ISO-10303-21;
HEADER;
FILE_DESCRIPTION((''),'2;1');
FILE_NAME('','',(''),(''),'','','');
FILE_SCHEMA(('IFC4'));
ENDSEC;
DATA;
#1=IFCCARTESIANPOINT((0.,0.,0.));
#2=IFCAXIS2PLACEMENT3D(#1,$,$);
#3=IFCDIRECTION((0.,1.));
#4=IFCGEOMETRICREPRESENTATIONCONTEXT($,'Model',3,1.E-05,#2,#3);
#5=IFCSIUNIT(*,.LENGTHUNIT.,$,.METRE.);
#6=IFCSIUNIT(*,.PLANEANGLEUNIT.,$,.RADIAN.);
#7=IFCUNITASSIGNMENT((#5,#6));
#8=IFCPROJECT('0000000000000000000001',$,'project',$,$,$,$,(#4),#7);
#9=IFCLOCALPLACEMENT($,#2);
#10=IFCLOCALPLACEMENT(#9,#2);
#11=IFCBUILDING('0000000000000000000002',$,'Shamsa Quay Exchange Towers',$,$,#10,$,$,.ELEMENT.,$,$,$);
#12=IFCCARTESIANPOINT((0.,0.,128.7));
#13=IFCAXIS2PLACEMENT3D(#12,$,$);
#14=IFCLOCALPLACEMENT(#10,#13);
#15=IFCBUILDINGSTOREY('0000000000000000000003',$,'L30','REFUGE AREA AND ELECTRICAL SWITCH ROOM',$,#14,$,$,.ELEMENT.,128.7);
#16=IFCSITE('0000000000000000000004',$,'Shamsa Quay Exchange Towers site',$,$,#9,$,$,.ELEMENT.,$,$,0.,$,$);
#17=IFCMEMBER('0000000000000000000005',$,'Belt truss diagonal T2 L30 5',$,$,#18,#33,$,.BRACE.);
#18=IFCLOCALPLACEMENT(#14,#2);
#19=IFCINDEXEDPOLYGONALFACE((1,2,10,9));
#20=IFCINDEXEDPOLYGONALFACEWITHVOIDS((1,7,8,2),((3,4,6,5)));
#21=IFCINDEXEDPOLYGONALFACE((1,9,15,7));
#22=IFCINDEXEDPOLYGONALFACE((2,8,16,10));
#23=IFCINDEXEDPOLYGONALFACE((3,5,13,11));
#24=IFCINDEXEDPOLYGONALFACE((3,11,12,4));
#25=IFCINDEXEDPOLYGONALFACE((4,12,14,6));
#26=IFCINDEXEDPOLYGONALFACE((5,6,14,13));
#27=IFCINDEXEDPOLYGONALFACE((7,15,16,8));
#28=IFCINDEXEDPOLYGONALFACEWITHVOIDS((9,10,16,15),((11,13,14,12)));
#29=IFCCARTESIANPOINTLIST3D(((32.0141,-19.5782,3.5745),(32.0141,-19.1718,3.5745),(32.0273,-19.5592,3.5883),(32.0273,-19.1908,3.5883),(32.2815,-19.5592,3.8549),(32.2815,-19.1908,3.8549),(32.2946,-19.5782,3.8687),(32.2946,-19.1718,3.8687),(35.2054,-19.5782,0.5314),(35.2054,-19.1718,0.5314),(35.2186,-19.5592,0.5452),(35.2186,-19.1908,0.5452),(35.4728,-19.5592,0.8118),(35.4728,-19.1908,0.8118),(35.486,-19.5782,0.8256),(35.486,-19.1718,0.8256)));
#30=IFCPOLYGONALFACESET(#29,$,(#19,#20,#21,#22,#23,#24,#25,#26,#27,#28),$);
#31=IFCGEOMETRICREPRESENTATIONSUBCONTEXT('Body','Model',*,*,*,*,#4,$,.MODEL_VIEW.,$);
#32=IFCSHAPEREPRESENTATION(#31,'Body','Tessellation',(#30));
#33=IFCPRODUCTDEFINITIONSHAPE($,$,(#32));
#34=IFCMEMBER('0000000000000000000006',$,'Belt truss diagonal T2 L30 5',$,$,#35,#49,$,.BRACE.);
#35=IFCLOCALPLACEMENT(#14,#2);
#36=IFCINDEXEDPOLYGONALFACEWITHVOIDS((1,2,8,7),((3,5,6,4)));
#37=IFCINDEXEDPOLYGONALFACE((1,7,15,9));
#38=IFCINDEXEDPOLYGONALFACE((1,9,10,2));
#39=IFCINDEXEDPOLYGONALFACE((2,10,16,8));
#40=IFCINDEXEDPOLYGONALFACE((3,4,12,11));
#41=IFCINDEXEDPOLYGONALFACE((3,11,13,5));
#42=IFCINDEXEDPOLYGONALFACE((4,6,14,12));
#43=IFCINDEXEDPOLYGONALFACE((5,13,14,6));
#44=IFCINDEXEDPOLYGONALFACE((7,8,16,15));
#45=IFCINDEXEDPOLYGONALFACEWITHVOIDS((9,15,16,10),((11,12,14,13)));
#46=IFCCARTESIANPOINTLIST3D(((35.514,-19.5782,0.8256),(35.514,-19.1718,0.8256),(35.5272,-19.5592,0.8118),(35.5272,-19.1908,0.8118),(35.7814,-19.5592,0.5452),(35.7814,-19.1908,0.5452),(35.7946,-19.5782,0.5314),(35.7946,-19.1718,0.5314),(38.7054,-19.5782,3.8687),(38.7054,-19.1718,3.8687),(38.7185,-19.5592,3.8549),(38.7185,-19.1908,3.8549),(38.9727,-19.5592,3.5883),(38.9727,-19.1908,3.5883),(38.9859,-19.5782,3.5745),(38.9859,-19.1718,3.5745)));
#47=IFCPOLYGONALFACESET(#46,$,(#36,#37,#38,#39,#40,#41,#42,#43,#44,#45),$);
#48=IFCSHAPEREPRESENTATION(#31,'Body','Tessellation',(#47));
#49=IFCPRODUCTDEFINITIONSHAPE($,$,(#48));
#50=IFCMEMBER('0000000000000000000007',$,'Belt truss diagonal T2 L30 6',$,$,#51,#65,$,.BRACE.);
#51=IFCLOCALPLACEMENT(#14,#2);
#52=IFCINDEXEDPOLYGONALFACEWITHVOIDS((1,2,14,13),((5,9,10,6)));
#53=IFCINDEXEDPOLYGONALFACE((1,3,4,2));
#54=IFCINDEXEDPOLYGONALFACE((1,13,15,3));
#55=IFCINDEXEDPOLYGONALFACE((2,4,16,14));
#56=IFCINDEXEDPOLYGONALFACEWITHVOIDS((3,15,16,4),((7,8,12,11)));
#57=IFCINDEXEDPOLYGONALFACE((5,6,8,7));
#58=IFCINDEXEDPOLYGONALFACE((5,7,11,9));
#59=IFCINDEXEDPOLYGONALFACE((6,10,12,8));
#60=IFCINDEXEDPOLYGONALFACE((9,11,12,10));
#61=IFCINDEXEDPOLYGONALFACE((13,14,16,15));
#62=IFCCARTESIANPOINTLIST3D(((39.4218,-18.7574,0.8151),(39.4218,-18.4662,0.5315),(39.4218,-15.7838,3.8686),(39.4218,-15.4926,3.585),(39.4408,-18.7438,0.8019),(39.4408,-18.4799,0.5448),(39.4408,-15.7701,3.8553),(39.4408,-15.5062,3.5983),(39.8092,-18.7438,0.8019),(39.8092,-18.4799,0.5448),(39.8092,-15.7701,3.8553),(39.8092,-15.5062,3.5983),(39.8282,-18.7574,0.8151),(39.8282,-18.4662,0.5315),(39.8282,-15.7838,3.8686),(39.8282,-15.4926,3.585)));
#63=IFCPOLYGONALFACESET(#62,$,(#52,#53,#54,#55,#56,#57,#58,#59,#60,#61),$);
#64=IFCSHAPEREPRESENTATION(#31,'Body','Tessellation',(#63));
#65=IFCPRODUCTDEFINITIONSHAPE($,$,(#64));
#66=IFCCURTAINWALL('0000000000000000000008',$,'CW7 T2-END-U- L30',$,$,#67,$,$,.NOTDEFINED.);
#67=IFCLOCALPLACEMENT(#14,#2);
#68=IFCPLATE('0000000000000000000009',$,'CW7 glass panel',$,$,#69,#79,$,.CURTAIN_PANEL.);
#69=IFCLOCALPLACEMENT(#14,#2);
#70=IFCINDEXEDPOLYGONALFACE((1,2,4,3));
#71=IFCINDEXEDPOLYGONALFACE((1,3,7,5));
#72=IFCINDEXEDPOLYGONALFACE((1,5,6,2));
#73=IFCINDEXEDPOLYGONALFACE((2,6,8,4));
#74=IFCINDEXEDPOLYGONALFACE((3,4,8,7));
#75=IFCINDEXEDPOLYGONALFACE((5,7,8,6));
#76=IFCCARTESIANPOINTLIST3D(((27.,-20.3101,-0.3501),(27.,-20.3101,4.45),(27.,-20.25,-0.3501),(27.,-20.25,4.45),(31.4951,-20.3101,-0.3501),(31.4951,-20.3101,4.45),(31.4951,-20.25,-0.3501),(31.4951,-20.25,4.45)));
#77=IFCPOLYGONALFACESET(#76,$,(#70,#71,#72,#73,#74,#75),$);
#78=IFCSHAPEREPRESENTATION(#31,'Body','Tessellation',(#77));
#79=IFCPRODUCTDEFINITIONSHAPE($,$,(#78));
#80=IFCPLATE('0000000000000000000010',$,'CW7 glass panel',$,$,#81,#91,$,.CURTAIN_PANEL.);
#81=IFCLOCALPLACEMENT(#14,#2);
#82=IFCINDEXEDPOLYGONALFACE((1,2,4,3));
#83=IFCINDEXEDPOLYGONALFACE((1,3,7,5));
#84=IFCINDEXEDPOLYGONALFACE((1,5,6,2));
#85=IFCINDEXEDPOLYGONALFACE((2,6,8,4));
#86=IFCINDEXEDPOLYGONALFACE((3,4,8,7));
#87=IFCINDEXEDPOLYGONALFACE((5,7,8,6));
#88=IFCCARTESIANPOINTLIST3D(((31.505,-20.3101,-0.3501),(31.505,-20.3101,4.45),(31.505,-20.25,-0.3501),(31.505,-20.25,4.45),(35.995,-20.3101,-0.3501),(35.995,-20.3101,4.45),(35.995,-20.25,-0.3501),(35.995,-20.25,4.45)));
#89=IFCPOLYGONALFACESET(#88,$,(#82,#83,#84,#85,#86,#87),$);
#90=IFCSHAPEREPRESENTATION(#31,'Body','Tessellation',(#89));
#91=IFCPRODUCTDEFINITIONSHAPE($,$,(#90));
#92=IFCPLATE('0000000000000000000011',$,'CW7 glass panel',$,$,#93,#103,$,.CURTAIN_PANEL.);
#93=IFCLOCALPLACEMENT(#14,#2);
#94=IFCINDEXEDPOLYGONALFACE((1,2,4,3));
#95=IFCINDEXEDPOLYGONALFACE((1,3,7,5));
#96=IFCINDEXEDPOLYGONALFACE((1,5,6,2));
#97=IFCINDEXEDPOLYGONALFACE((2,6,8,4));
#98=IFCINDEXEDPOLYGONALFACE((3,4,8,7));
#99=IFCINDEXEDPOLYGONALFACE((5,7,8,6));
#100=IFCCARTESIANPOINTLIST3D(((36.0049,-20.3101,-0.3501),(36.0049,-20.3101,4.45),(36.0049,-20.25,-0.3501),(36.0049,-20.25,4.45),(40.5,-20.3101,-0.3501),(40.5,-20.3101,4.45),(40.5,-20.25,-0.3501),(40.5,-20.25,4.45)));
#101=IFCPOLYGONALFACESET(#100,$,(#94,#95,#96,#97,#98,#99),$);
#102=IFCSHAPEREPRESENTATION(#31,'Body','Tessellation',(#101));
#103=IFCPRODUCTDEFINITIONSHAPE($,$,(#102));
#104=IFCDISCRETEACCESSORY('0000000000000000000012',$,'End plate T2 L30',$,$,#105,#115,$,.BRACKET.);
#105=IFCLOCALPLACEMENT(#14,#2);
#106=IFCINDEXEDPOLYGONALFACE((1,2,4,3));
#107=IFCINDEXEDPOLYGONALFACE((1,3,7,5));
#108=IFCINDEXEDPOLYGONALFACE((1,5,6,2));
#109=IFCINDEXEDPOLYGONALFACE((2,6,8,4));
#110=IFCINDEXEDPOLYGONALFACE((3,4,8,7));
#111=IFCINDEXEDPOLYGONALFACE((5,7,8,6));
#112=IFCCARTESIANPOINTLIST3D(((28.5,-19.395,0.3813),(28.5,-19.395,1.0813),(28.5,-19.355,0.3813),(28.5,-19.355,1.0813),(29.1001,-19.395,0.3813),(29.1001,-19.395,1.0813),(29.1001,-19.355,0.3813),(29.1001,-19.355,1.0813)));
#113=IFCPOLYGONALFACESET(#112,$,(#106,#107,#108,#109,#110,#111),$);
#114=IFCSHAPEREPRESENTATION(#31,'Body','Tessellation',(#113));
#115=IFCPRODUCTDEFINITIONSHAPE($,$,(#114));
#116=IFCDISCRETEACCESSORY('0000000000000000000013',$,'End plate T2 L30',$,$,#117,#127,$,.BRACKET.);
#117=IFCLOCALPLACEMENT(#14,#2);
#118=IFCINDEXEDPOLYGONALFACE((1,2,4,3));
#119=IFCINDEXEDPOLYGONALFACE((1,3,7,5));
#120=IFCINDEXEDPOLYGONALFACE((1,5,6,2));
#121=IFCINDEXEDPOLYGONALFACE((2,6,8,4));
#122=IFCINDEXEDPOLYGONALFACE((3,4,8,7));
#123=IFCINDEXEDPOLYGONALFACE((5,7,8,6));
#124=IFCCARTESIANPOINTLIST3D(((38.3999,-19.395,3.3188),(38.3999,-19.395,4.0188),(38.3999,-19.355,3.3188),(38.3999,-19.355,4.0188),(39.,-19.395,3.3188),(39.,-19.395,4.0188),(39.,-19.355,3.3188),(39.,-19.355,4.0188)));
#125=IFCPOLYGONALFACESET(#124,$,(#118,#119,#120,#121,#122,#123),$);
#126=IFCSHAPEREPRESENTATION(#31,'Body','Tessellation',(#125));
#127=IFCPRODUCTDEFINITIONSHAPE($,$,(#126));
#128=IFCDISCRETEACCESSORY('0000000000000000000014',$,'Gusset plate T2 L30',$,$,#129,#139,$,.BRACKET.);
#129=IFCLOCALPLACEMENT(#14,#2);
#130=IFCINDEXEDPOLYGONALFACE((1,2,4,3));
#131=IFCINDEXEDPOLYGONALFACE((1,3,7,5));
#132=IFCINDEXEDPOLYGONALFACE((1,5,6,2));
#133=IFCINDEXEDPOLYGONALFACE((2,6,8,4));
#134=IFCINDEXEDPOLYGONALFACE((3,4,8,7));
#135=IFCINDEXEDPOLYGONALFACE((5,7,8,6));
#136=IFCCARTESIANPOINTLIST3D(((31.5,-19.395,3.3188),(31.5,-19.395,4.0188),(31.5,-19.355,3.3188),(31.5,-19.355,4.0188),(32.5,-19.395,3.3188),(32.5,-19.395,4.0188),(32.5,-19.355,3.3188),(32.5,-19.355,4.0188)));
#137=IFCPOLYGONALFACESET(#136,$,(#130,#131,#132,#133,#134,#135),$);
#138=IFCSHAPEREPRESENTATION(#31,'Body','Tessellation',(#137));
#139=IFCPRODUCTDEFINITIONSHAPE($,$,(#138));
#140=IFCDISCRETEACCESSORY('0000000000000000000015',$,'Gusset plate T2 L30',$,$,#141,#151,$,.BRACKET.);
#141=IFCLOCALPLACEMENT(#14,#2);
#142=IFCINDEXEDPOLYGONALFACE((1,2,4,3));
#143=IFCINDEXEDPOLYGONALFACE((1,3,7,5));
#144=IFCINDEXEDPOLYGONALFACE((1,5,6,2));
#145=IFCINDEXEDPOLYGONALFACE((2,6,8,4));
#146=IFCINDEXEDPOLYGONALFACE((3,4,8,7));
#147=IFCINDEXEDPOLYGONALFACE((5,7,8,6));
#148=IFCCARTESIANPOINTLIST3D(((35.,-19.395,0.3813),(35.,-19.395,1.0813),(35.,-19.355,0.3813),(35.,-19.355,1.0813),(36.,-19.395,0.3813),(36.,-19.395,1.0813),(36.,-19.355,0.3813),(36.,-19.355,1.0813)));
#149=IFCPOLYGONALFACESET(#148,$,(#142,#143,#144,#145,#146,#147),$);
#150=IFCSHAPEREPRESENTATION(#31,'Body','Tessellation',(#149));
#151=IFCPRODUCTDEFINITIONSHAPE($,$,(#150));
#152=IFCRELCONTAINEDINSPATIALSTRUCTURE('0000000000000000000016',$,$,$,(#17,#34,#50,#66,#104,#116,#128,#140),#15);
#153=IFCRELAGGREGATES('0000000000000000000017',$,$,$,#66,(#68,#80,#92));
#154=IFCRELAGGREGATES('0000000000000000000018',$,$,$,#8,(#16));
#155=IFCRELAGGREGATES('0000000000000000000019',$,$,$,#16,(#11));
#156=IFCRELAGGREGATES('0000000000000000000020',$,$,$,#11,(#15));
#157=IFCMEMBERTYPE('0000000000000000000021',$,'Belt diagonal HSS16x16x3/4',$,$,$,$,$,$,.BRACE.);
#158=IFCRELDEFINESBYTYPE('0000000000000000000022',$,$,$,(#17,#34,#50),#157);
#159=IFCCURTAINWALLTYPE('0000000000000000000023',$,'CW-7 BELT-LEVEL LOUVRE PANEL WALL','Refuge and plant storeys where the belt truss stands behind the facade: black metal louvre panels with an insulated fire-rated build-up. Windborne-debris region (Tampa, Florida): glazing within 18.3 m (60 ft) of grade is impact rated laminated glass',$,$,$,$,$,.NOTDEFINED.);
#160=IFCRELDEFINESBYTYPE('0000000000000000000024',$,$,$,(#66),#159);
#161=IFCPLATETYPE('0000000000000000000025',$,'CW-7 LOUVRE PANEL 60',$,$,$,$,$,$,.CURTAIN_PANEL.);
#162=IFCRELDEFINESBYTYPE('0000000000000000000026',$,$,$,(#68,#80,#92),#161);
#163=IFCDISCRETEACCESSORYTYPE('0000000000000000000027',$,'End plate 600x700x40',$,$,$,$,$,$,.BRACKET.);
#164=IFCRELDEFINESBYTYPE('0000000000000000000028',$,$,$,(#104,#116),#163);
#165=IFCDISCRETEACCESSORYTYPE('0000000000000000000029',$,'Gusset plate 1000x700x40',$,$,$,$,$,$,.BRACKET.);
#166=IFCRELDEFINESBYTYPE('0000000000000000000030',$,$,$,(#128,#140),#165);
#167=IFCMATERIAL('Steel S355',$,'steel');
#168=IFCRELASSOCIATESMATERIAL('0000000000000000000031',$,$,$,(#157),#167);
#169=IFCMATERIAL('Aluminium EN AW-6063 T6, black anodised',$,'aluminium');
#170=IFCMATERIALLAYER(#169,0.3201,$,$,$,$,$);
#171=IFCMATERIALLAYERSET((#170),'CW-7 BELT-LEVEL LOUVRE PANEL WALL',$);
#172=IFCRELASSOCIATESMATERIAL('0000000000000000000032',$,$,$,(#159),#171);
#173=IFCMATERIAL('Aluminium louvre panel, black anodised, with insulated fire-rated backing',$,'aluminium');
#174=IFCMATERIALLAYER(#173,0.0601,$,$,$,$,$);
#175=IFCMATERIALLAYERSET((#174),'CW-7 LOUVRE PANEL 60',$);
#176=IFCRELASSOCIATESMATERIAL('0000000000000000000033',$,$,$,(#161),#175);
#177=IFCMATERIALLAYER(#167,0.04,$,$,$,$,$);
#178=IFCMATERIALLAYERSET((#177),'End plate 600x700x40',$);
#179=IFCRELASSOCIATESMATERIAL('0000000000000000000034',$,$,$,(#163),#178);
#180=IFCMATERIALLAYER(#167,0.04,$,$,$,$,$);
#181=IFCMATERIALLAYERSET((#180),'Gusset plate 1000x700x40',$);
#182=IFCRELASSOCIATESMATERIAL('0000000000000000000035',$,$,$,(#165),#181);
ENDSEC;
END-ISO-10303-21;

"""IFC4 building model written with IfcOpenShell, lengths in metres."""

from ifc_helpers import new_model, si_unit, direction, frame, origin, origin_2d, place, context, subcontext, project, spatial, rectangle, hollow_rectangle, extrude, material, layer, layer_set, material_profile, profile_set, type_object, element, aggregate, save


model = new_model("IFC4")

# Units and contexts
model_context = context("Model", 3, precision=1e-05, world=origin(), true_north=direction((0.0, 1.0)))
body_context = subcontext(model_context, "Body", "Model", "MODEL_VIEW")
ifc_project = project(units=[si_unit("LENGTHUNIT", "METRE"), si_unit("PLANEANGLEUNIT", "RADIAN")], contexts=[model_context])

# Site, building, storey
site_placement = place(None, origin())
site = spatial("IfcSite", under=ifc_project, at=site_placement, Name="Shamsa Quay Exchange Towers site", CompositionType="ELEMENT", RefElevation=0.0)
building_placement = place(site_placement, origin())
building = spatial("IfcBuilding", under=site, at=building_placement, Name="Shamsa Quay Exchange Towers", CompositionType="ELEMENT")
storey_placement = place(building_placement, frame((0.0, 0.0, 128.7)))
storey = spatial("IfcBuildingStorey", under=building, at=storey_placement, Name="L30", Description="REFUGE AREA AND ELECTRICAL SWITCH ROOM", CompositionType="ELEMENT", Elevation=128.7)

# Members
ifc_material_1 = material(Name="Steel S355", Category="steel")
ifc_material_profile_1 = material_profile(ifc_material_1, hollow_rectangle(XDim=0.4065, YDim=0.4065, WallThickness=0.019, at=origin_2d()), Name="HSS16x16x3/4")
ifc_profile_set_1 = profile_set([ifc_material_profile_1], Name="Steel S355")
member_type_1 = type_object("IfcMemberType", Name="Belt diagonal HSS16x16x3/4", PredefinedType="BRACE", material=ifc_profile_set_1)
for number, where, z_axis, x_axis, name in (
    (1, (35.3457, -19.375, 0.6785), (-0.72371, 0.0, 0.690104), (0.0, -1.0, 0.0), "Belt truss diagonal T2 L30 5"),
    (2, (35.6543, -19.375, 0.6785), (0.72371, 0.0, 0.690104), (0.0, 1.0, 0.0), "Belt truss diagonal T2 L30 5"),
):
    element("IfcMember", number, at=place(storey_placement, frame(where, z_axis=z_axis, x_axis=x_axis)), inside=storey, type_object=member_type_1, Name=name, PredefinedType="BRACE", context=body_context, shape_type="SweptSolid", body=[
        extrude(hollow_rectangle(XDim=0.4065, YDim=0.4065, WallThickness=0.019, at=origin_2d()), origin(), (0.0, 0.0, 1.0), 4.4097),
    ])
member_placement = place(storey_placement, frame((39.625, -18.6118, 0.6733), z_axis=(0.0, 0.697679, 0.71641), x_axis=(-1.0, 0.0, 0.0)))
element("IfcMember", 3, at=member_placement, inside=storey, type_object=member_type_1, Name="Belt truss diagonal T2 L30 6", PredefinedType="BRACE", context=body_context, shape_type="SweptSolid", body=[
    extrude(hollow_rectangle(XDim=0.4065, YDim=0.4065, WallThickness=0.019, at=origin_2d()), origin(), (0.0, 0.0, 1.0), 4.2622),
])

# Curtain wall, plates
ifc_material_2 = material(Name="Aluminium EN AW-6063 T6, black anodised", Category="aluminium")
ifc_layer_1 = layer(ifc_material_2, 0.3201)
ifc_layer_set_1 = layer_set([ifc_layer_1], Name="CW-7 BELT-LEVEL LOUVRE PANEL WALL")
curtain_wall_type = type_object("IfcCurtainWallType", Name="CW-7 BELT-LEVEL LOUVRE PANEL WALL", Description="Refuge and plant storeys where the belt truss stands behind the facade: black metal louvre panels with an insulated fire-rated build-up. Windborne-debris region (Tampa, Florida): glazing within 18.3 m (60 ft) of grade is impact rated laminated glass", PredefinedType="NOTDEFINED", material=ifc_layer_set_1)
curtain_wall_placement = place(storey_placement, origin())
curtain_wall = element("IfcCurtainWall", 4, at=curtain_wall_placement, inside=storey, type_object=curtain_wall_type, Name="CW7 T2-END-U- L30", PredefinedType="NOTDEFINED")
ifc_material_3 = material(Name="Aluminium louvre panel, black anodised, with insulated fire-rated backing", Category="aluminium")
ifc_layer_2 = layer(ifc_material_3, 0.0601)
ifc_layer_set_2 = layer_set([ifc_layer_2], Name="CW-7 LOUVRE PANEL 60")
plate_type = type_object("IfcPlateType", Name="CW-7 LOUVRE PANEL 60", PredefinedType="CURTAIN_PANEL", material=ifc_layer_set_2)
plate_1_placement = place(storey_placement, frame((29.2476, -20.28, -0.3501)))
plate_1 = element("IfcPlate", 5, at=plate_1_placement, type_object=plate_type, Name="CW7 glass panel", PredefinedType="CURTAIN_PANEL", context=body_context, shape_type="SweptSolid", body=[
    extrude(rectangle(XDim=4.4951, YDim=0.0601, at=origin_2d()), origin(), (0.0, 0.0, 1.0), 4.8),
])
plate_2_placement = place(storey_placement, frame((33.75, -20.28, -0.3501)))
plate_2 = element("IfcPlate", 6, at=plate_2_placement, type_object=plate_type, Name="CW7 glass panel", PredefinedType="CURTAIN_PANEL", context=body_context, shape_type="SweptSolid", body=[
    extrude(rectangle(XDim=4.49, YDim=0.0601, at=origin_2d()), origin(), (0.0, 0.0, 1.0), 4.8),
])
plate_3_placement = place(storey_placement, frame((38.2524, -20.28, -0.3501)))
plate_3 = element("IfcPlate", 7, at=plate_3_placement, type_object=plate_type, Name="CW7 glass panel", PredefinedType="CURTAIN_PANEL", context=body_context, shape_type="SweptSolid", body=[
    extrude(rectangle(XDim=4.4951, YDim=0.0601, at=origin_2d()), origin(), (0.0, 0.0, 1.0), 4.8),
])
aggregate(curtain_wall, [plate_1, plate_2, plate_3])

# Discrete accessories
ifc_layer_3 = layer(ifc_material_1, 0.04)
ifc_layer_set_3 = layer_set([ifc_layer_3], Name="End plate 600x700x40")
discrete_accessory_type_1 = type_object("IfcDiscreteAccessoryType", Name="End plate 600x700x40", PredefinedType="BRACKET", material=ifc_layer_set_3)
for number, where, name in (
    (8, (28.8, -19.375, 0.3813), "End plate T2 L30"),
    (9, (38.7, -19.375, 3.3188), "End plate T2 L30"),
):
    element("IfcDiscreteAccessory", number, at=place(storey_placement, frame(where)), inside=storey, type_object=discrete_accessory_type_1, Name=name, PredefinedType="BRACKET", context=body_context, shape_type="SweptSolid", body=[
        extrude(rectangle(XDim=0.6001, YDim=0.04, at=origin_2d()), origin(), (0.0, 0.0, 1.0), 0.7),
    ])
ifc_layer_4 = layer(ifc_material_1, 0.04)
ifc_layer_set_4 = layer_set([ifc_layer_4], Name="Gusset plate 1000x700x40")
discrete_accessory_type_2 = type_object("IfcDiscreteAccessoryType", Name="Gusset plate 1000x700x40", PredefinedType="BRACKET", material=ifc_layer_set_4)
for number, where, name in (
    (10, (32.0, -19.375, 3.3188), "Gusset plate T2 L30"),
    (11, (35.5, -19.375, 0.3813), "Gusset plate T2 L30"),
):
    element("IfcDiscreteAccessory", number, at=place(storey_placement, frame(where)), inside=storey, type_object=discrete_accessory_type_2, Name=name, PredefinedType="BRACKET", context=body_context, shape_type="SweptSolid", body=[
        extrude(rectangle(XDim=1.0, YDim=0.04, at=origin_2d()), origin(), (0.0, 0.0, 1.0), 0.7),
    ])

save(model, "model.ifc")
